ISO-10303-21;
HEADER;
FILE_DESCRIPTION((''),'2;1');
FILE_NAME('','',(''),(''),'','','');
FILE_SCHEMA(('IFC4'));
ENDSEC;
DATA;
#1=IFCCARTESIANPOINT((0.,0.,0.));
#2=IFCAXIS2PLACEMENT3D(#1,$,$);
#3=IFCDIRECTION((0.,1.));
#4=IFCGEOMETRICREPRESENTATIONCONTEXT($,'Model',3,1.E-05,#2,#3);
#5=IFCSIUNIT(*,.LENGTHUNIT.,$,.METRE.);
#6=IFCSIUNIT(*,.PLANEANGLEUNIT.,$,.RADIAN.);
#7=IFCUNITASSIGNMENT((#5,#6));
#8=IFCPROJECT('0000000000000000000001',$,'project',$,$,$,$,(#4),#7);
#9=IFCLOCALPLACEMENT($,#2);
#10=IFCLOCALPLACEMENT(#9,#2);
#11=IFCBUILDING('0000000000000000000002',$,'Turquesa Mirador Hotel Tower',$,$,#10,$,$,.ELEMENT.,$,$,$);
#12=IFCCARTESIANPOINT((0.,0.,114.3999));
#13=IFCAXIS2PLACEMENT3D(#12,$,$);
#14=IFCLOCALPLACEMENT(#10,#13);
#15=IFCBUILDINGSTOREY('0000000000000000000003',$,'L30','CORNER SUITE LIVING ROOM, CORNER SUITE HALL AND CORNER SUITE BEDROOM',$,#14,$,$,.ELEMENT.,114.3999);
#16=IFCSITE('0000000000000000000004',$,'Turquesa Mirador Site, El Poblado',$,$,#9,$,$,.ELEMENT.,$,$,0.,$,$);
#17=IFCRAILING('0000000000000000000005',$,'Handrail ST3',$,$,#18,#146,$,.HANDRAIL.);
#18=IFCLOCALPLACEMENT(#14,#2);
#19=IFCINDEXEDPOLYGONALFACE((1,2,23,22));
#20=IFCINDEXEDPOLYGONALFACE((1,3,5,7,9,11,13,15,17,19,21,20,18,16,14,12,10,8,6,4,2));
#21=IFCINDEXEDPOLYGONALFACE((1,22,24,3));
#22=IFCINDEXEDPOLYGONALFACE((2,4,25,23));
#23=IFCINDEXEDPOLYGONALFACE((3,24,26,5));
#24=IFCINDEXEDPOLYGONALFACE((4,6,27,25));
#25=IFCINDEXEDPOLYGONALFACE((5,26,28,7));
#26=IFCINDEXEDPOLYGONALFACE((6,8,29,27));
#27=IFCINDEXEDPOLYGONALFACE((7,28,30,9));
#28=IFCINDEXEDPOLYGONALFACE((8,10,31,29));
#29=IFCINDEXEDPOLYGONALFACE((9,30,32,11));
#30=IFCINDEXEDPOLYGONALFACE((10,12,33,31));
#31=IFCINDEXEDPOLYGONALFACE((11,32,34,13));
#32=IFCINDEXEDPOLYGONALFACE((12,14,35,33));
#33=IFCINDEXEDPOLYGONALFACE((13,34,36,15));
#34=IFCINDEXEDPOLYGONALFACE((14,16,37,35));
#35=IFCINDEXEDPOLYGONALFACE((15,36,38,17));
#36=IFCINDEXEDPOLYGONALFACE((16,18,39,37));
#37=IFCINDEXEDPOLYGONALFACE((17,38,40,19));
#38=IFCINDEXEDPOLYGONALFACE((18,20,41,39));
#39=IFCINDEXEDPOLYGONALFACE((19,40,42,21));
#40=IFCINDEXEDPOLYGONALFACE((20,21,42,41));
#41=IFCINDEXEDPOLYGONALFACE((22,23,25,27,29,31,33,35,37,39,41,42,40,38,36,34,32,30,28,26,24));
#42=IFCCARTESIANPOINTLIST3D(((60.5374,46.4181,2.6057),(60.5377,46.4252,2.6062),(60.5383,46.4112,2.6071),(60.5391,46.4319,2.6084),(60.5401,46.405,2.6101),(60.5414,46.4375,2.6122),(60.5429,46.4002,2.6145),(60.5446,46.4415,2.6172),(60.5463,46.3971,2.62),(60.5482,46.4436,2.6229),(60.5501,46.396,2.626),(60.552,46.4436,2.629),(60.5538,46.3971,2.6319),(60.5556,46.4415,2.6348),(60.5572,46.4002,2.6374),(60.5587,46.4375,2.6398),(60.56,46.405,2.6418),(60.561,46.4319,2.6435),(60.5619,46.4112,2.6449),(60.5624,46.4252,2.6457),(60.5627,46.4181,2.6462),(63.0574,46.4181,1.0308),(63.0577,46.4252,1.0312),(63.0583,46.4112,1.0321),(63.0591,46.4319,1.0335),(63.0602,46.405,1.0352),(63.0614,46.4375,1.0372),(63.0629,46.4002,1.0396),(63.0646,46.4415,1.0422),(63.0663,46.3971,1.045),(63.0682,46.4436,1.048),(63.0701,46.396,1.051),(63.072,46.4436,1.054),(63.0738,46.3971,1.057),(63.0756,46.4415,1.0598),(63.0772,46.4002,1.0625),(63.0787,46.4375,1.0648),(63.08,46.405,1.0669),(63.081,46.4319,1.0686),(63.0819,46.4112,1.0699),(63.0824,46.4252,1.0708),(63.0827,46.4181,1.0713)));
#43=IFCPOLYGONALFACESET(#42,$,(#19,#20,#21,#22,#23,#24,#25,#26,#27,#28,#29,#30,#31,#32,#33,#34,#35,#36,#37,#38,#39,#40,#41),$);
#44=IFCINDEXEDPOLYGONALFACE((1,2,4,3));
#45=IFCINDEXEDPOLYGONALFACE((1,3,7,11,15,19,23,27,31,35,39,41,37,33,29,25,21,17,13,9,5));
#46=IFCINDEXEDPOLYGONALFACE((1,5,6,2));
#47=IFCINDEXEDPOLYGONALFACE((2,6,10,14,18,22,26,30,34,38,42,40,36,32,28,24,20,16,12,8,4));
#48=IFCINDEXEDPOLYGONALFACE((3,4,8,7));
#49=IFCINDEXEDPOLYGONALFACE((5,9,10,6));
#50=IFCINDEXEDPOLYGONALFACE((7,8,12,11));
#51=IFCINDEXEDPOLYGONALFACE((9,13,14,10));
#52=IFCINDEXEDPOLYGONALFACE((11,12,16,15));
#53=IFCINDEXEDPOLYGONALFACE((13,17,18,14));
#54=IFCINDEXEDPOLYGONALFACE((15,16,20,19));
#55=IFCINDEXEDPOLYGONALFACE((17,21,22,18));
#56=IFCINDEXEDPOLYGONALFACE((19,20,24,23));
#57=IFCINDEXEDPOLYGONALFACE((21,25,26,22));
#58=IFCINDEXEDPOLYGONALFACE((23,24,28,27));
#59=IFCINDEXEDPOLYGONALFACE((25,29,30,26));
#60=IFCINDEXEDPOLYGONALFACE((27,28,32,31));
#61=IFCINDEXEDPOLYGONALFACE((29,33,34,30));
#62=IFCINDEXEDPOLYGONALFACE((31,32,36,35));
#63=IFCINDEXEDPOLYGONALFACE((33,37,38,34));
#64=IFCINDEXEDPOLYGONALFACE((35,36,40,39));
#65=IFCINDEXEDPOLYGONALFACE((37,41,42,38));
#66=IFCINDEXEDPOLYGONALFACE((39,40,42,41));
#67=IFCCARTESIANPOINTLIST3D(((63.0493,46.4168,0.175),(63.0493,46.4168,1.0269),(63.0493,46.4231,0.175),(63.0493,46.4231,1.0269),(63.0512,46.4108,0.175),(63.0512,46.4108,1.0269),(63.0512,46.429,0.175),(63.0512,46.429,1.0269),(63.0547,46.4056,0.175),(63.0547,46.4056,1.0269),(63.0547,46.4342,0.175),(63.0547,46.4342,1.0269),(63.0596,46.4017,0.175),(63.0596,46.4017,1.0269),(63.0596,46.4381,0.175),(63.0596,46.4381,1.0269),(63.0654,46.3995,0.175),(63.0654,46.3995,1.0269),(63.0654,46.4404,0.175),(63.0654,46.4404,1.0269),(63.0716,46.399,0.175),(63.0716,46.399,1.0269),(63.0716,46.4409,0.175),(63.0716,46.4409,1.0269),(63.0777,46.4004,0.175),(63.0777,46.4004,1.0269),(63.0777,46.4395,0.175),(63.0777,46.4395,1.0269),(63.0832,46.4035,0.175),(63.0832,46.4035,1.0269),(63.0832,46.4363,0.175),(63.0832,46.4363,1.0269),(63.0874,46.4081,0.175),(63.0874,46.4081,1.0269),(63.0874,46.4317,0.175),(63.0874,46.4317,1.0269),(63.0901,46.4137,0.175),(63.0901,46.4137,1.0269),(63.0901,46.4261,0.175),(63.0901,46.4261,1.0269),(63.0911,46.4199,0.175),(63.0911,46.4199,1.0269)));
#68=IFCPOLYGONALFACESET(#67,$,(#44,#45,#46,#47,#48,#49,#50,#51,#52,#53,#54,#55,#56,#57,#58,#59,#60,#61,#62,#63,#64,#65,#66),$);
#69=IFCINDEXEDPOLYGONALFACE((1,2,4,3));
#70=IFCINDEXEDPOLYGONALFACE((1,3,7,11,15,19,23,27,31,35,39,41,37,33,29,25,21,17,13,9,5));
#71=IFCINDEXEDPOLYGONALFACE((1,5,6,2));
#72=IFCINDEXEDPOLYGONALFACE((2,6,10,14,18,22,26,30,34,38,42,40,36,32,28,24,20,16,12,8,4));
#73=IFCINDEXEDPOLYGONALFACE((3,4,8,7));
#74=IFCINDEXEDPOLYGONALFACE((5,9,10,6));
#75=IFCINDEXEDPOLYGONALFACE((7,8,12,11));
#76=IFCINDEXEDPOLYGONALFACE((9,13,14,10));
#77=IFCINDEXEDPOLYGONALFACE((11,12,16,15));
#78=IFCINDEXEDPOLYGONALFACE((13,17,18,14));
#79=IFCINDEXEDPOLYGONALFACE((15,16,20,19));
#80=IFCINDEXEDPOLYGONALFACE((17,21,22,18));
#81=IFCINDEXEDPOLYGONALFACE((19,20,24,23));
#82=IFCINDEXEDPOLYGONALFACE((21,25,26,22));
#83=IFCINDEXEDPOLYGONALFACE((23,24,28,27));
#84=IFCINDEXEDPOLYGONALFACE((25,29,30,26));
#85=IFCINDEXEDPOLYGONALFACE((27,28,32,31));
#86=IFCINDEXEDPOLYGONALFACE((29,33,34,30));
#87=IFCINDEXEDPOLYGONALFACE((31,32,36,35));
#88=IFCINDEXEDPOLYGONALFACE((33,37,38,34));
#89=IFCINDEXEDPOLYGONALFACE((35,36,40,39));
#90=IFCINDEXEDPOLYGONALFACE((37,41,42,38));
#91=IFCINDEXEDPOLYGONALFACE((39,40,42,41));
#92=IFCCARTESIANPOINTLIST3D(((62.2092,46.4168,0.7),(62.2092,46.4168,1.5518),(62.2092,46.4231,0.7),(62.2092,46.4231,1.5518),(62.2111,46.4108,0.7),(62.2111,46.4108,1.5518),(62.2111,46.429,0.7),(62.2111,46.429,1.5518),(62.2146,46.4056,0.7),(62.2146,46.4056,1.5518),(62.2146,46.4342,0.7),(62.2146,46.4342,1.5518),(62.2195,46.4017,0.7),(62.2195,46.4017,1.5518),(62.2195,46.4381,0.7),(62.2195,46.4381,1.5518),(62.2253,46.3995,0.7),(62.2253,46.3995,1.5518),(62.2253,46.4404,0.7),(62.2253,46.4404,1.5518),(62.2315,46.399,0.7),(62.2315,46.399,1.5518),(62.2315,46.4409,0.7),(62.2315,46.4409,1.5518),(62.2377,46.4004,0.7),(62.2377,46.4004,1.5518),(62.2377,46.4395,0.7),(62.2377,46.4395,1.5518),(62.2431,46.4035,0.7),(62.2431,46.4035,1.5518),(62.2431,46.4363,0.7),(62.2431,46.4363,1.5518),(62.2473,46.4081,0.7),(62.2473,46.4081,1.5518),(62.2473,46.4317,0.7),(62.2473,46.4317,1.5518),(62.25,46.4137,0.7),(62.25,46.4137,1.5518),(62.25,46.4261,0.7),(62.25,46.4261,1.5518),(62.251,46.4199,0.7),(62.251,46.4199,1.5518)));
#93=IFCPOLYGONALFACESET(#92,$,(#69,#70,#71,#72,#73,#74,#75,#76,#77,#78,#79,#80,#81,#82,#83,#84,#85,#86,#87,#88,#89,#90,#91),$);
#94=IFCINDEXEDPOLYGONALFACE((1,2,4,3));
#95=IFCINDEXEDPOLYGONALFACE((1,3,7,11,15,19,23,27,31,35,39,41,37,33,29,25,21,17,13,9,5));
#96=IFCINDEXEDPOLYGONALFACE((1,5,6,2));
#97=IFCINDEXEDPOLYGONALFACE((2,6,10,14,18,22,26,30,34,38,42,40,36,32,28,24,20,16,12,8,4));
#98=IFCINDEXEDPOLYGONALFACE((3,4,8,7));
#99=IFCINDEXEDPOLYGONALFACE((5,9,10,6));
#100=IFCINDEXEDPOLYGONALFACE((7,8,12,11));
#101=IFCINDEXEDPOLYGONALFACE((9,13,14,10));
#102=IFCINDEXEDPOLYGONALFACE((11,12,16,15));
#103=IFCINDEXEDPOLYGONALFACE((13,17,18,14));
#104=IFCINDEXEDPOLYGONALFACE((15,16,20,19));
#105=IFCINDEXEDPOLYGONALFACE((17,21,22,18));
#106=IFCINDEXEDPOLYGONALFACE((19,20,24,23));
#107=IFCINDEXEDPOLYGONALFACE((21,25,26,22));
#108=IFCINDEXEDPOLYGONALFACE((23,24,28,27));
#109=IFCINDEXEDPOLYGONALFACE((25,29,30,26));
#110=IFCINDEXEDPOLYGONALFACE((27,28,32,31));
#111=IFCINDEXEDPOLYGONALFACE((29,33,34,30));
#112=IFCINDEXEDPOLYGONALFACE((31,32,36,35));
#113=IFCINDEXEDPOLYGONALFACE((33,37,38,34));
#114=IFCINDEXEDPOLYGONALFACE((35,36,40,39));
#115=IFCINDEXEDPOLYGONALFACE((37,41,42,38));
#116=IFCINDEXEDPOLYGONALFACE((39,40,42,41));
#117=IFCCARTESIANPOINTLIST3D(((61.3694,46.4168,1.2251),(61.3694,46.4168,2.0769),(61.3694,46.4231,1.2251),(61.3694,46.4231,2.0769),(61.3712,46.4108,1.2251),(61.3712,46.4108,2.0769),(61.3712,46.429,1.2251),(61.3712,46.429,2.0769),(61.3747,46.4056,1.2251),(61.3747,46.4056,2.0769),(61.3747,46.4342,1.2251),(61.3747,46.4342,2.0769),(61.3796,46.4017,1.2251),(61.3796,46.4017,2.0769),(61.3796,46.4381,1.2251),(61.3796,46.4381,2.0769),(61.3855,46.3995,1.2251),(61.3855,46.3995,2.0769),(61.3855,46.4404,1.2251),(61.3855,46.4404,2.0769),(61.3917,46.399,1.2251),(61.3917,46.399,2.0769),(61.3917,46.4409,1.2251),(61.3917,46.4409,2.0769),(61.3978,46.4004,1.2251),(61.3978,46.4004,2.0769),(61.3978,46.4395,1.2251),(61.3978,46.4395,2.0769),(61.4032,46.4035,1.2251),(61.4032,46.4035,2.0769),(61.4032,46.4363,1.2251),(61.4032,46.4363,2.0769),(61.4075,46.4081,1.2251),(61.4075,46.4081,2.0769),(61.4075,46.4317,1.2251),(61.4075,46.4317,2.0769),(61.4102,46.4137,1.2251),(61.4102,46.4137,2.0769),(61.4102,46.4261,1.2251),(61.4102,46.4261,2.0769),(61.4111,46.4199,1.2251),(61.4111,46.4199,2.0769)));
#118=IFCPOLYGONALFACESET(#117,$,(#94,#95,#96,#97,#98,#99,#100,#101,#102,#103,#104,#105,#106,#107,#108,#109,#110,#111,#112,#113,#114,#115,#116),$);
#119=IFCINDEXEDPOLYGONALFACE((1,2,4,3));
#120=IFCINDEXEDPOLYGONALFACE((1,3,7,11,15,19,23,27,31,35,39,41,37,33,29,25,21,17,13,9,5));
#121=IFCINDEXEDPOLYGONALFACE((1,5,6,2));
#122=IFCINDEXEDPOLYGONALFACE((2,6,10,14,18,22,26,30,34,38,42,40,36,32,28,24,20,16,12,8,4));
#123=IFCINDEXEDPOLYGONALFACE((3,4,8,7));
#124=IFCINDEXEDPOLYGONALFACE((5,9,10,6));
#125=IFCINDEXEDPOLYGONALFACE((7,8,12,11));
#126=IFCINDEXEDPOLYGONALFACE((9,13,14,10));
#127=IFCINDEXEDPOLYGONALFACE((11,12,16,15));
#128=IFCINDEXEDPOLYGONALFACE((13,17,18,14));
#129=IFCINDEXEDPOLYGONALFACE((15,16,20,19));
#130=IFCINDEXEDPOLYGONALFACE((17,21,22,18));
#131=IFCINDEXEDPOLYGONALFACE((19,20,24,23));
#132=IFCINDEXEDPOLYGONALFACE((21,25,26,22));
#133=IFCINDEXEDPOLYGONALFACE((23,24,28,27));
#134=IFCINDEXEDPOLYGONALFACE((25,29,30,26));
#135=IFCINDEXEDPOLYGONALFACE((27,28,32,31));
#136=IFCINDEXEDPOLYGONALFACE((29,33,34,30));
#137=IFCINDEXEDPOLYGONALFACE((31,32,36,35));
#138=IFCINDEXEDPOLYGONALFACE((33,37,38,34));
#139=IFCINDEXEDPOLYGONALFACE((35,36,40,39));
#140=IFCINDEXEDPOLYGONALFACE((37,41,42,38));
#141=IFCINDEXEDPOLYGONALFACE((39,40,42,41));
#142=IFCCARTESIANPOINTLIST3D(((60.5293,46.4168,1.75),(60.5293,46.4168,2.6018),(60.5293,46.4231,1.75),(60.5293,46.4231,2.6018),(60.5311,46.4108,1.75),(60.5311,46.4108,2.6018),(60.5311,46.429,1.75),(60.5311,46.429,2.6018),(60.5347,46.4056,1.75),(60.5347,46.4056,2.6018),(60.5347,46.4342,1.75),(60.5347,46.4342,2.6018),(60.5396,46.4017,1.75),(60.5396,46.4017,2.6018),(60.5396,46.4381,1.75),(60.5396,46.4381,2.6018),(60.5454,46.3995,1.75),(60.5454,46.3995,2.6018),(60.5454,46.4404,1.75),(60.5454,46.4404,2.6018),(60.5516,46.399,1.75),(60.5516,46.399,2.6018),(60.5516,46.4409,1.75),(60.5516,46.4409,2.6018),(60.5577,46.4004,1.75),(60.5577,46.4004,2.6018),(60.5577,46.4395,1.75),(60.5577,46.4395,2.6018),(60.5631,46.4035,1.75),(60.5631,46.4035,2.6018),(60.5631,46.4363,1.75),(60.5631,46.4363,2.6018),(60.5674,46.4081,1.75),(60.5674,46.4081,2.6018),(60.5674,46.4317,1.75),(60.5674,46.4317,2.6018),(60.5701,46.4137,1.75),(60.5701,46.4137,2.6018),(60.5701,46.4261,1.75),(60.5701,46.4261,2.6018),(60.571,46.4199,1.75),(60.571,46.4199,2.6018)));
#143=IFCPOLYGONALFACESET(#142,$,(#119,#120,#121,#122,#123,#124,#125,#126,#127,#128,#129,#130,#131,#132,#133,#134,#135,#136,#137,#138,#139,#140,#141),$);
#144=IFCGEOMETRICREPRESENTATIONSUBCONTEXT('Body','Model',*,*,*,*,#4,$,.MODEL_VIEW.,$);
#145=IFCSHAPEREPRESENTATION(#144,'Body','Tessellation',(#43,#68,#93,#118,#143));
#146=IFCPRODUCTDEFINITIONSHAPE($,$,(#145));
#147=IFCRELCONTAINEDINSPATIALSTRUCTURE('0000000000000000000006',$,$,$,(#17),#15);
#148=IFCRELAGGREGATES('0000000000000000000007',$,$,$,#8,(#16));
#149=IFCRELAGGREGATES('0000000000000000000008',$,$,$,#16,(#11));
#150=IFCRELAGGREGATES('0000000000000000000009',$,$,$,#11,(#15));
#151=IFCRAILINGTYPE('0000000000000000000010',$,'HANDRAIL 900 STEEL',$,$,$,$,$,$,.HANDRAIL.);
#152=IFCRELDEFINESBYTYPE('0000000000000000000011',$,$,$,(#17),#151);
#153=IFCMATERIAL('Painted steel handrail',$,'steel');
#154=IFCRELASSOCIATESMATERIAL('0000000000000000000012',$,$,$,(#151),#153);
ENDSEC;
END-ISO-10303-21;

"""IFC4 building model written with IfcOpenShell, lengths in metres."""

from ifc_helpers import new_model, si_unit, direction, frame, origin, origin_2d, place, context, subcontext, project, spatial, circle, extrude, material, type_object, element, save


model = new_model("IFC4")

# Units and contexts
model_context = context("Model", 3, precision=1e-05, world=origin(), true_north=direction((0.0, 1.0)))
body_context = subcontext(model_context, "Body", "Model", "MODEL_VIEW")
ifc_project = project(units=[si_unit("LENGTHUNIT", "METRE"), si_unit("PLANEANGLEUNIT", "RADIAN")], contexts=[model_context])

# Site, building, storey
site_placement = place(None, origin())
site = spatial("IfcSite", under=ifc_project, at=site_placement, Name="Turquesa Mirador Site, El Poblado", CompositionType="ELEMENT", RefElevation=0.0)
building_placement = place(site_placement, origin())
building = spatial("IfcBuilding", under=site, at=building_placement, Name="Turquesa Mirador Hotel Tower", CompositionType="ELEMENT")
storey_placement = place(building_placement, frame((0.0, 0.0, 114.3999)))
storey = spatial("IfcBuildingStorey", under=building, at=storey_placement, Name="L30", Description="CORNER SUITE LIVING ROOM, CORNER SUITE HALL AND CORNER SUITE BEDROOM", CompositionType="ELEMENT", Elevation=114.3999)

# Railing
ifc_material_1 = material(Name="Painted steel handrail", Category="steel")
railing_type = type_object("IfcRailingType", Name="HANDRAIL 900 STEEL", PredefinedType="HANDRAIL", material=ifc_material_1)
for number, where, name in (
    (1, (63.0701, 46.4199, 0.175), "Handrail ST3"),
):
    element("IfcRailing", number, at=place(storey_placement, frame(where)), inside=storey, type_object=railing_type, Name=name, PredefinedType="HANDRAIL", context=body_context, shape_type="SweptSolid", body=[
        extrude(circle(Radius=0.0239, at=origin_2d()), frame((0.0, 0.0, 0.876), z_axis=(-0.848008, 0.0, 0.529984), x_axis=(0.0, -1.0, 0.0)), (0.0, 0.0, 1.0), 2.9717),
        extrude(circle(Radius=0.021, at=origin_2d()), origin(), (0.0, 0.0, 1.0), 0.8518),
        extrude(circle(Radius=0.021, at=origin_2d()), frame((-0.8401, 0.0, 0.5249)), (0.0, 0.0, 1.0), 0.8518),
        extrude(circle(Radius=0.021, at=origin_2d()), frame((-1.6799, 0.0, 1.05)), (0.0, 0.0, 1.0), 0.8518),
        extrude(circle(Radius=0.021, at=origin_2d()), frame((-2.52, 0.0, 1.575)), (0.0, 0.0, 1.0), 0.8518),
    ])

save(model, "model.ifc")
